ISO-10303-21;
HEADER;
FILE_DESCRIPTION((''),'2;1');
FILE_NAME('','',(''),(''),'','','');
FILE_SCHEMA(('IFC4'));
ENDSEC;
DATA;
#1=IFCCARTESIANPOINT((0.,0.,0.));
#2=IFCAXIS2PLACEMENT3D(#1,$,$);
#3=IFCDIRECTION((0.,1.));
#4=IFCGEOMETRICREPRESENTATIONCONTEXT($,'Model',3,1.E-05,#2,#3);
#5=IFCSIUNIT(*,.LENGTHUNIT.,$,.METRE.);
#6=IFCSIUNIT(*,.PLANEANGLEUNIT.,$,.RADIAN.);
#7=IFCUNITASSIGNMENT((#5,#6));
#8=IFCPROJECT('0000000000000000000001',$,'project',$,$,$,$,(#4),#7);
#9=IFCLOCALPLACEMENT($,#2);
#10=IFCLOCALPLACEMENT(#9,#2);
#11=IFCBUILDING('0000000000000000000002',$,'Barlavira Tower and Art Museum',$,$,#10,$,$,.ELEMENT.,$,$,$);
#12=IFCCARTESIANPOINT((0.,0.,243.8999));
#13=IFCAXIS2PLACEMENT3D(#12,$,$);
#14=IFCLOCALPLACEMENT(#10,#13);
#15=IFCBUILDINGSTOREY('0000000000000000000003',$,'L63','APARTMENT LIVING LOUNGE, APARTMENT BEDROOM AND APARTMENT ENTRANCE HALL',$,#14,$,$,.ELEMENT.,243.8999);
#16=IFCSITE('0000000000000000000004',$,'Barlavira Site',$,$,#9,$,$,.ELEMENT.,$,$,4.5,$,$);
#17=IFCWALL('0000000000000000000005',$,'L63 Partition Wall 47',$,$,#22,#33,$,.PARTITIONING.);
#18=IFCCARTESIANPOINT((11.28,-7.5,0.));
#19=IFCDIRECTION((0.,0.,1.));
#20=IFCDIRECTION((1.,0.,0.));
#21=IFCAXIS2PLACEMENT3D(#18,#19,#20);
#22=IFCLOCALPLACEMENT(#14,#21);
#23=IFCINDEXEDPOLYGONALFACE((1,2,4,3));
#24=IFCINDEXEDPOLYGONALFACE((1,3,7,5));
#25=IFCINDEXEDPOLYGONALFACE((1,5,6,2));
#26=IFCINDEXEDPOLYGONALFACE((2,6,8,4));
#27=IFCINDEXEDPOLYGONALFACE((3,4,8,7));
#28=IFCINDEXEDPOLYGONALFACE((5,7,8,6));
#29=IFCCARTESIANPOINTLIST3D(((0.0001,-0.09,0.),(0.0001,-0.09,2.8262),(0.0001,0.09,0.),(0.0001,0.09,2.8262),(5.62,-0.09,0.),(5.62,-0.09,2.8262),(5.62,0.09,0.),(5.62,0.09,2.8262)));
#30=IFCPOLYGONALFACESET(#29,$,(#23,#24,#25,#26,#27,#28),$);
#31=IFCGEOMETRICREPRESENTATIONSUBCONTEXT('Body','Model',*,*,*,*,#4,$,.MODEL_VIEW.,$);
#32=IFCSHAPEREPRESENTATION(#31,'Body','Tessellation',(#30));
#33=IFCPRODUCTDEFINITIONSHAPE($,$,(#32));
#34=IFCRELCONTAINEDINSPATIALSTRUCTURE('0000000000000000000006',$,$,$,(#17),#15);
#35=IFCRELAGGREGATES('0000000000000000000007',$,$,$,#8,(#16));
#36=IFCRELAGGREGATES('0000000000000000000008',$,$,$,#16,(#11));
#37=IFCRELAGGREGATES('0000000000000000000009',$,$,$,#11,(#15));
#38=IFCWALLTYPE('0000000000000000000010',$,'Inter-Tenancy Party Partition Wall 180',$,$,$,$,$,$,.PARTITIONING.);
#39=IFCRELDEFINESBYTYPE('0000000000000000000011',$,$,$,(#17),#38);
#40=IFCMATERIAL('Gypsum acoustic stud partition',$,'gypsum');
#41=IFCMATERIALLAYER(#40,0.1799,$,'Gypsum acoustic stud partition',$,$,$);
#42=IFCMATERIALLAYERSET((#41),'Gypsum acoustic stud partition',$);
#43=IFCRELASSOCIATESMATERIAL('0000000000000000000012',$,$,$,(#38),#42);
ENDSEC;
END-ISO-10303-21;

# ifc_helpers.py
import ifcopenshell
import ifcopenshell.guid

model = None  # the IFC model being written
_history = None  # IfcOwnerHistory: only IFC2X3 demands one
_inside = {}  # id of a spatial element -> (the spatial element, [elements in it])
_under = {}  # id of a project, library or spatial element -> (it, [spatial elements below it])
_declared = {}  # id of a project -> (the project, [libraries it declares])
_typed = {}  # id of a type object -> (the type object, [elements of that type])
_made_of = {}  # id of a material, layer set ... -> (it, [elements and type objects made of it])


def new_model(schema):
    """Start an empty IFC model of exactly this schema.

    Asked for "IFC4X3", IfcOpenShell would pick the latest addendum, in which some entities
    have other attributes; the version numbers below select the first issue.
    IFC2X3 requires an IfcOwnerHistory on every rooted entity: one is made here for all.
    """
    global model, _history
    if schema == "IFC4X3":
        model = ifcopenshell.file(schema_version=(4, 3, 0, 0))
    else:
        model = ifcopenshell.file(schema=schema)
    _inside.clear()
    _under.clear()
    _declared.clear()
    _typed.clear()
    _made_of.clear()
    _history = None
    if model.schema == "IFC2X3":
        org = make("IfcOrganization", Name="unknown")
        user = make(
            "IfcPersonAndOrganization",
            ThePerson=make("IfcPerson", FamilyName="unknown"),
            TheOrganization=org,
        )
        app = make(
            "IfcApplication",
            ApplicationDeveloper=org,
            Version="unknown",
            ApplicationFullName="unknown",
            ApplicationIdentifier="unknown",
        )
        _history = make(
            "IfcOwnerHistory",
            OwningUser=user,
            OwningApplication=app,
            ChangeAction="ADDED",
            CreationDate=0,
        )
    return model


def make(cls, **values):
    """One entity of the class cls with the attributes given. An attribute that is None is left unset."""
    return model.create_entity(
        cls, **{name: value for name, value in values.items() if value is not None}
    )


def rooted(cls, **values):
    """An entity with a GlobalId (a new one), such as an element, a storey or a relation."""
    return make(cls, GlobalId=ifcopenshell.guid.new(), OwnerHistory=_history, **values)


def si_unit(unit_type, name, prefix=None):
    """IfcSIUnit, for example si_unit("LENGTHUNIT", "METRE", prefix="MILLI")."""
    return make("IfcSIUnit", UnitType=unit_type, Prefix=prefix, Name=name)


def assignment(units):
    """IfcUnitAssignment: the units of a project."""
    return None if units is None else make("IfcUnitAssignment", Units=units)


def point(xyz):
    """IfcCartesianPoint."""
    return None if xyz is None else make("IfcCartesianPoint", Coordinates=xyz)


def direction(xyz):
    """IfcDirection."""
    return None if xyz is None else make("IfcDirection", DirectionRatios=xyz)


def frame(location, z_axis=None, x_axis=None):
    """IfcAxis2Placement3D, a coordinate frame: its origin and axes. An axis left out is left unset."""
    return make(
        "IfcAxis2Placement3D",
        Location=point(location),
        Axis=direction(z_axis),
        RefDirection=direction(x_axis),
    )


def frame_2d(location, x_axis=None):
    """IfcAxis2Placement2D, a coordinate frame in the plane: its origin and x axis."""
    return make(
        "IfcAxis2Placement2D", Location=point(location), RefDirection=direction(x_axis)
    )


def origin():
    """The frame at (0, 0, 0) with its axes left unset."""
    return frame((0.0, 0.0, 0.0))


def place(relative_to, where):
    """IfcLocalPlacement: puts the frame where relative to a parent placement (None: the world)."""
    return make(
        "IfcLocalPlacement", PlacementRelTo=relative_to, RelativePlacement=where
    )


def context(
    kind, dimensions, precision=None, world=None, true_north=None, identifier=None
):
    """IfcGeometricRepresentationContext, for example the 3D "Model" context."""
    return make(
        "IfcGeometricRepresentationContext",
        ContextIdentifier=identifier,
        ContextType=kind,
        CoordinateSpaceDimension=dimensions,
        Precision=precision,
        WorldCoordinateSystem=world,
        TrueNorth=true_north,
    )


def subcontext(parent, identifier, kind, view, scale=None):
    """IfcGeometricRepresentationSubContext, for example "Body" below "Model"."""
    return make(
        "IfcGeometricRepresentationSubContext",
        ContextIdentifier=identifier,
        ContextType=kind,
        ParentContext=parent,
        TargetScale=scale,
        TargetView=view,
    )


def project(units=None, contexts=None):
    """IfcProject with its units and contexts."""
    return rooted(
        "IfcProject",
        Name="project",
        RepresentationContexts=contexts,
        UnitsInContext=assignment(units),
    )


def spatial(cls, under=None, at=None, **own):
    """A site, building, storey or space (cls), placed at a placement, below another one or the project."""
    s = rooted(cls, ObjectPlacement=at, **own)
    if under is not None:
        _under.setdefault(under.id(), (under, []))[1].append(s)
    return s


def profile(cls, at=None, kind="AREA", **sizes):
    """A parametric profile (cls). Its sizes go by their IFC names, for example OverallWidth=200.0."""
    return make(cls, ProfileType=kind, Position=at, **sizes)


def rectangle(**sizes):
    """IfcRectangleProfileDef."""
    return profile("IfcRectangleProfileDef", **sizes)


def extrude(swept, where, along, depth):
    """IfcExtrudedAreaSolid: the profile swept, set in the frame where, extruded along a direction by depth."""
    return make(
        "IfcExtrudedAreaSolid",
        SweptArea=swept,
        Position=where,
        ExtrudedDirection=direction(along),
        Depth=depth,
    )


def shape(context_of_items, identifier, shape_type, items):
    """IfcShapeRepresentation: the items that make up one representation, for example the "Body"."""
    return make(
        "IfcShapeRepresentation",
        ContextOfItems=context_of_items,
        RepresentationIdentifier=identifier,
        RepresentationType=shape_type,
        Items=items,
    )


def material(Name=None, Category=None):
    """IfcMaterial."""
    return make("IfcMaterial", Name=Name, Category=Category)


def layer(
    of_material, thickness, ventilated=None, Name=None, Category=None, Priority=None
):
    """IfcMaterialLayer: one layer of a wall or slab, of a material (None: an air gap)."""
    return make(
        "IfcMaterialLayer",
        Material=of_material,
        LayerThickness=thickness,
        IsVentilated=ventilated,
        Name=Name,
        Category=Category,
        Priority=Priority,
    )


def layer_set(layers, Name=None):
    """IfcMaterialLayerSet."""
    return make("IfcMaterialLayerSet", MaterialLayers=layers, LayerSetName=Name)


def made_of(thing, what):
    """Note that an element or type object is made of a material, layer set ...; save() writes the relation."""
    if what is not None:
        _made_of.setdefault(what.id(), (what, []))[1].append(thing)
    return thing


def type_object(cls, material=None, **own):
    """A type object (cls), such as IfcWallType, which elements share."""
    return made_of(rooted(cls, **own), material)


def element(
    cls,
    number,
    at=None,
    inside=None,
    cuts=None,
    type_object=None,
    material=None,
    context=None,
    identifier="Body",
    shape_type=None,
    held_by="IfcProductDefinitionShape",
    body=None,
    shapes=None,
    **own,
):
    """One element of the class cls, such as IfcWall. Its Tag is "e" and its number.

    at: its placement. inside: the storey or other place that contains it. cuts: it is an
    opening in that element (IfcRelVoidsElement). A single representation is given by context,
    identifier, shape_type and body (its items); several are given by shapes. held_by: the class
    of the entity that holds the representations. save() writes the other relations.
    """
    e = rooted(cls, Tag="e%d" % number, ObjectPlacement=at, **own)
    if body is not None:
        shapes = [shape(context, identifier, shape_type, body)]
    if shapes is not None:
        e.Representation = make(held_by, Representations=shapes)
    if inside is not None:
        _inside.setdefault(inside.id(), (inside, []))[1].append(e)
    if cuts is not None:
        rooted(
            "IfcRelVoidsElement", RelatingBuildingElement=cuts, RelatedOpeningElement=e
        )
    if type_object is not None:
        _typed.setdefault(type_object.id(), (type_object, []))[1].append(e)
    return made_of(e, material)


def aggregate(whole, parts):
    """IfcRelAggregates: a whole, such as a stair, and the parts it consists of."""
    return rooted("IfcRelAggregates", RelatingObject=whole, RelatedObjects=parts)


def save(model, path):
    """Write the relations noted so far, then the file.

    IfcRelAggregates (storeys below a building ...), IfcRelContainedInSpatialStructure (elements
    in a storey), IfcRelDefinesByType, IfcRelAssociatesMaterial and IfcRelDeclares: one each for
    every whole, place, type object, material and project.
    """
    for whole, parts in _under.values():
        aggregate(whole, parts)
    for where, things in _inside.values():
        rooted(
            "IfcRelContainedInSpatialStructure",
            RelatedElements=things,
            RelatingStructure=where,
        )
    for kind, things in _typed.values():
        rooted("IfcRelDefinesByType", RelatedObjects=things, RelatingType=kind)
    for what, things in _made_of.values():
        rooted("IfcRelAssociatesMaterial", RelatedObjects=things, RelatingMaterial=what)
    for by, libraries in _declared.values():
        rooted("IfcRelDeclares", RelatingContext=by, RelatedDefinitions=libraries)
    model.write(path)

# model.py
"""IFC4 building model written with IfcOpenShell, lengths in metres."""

from ifc_helpers import new_model, si_unit, direction, frame, frame_2d, origin, place, context, subcontext, project, spatial, rectangle, extrude, material, layer, layer_set, type_object, element, save


model = new_model("IFC4")

# Units and contexts
model_context = context("Model", 3, precision=1e-05, world=origin(), true_north=direction((0.0, 1.0)))
body_context = subcontext(model_context, "Body", "Model", "MODEL_VIEW")
ifc_project = project(units=[si_unit("LENGTHUNIT", "METRE"), si_unit("PLANEANGLEUNIT", "RADIAN")], contexts=[model_context])

# Site, building, storey
site_placement = place(None, origin())
site = spatial("IfcSite", under=ifc_project, at=site_placement, Name="Barlavira Site", CompositionType="ELEMENT", RefElevation=4.5)
building_placement = place(site_placement, origin())
building = spatial("IfcBuilding", under=site, at=building_placement, Name="Barlavira Tower and Art Museum", CompositionType="ELEMENT")
storey_placement = place(building_placement, frame((0.0, 0.0, 243.8999)))
storey = spatial("IfcBuildingStorey", under=building, at=storey_placement, Name="L63", Description="APARTMENT LIVING LOUNGE, APARTMENT BEDROOM AND APARTMENT ENTRANCE HALL", CompositionType="ELEMENT", Elevation=243.8999)

# Shared definitions
ifc_material_1 = material(Name="Gypsum acoustic stud partition", Category="gypsum")

# Wall
ifc_layer_1 = layer(ifc_material_1, 0.1799, Name="Gypsum acoustic stud partition")
ifc_layer_set_1 = layer_set([ifc_layer_1], Name="Gypsum acoustic stud partition")
wall_type_1 = type_object("IfcWallType", Name="Inter-Tenancy Party Partition Wall 180", PredefinedType="PARTITIONING", material=ifc_layer_set_1)
wall_1_placement = place(storey_placement, frame((11.28, -7.5, 0.0), z_axis=(0.0, 0.0, 1.0), x_axis=(1.0, 0.0, 0.0)))
element("IfcWall", 1, at=wall_1_placement, inside=storey, type_object=wall_type_1, Name="L63 Partition Wall 47", PredefinedType="PARTITIONING", context=body_context, shape_type="SweptSolid", body=[
    extrude(rectangle(XDim=5.6199, YDim=0.1799, at=frame_2d((2.8101, 0.0))), origin(), (0.0, 0.0, 1.0), 2.8262),
])

save(model, "model.ifc")
